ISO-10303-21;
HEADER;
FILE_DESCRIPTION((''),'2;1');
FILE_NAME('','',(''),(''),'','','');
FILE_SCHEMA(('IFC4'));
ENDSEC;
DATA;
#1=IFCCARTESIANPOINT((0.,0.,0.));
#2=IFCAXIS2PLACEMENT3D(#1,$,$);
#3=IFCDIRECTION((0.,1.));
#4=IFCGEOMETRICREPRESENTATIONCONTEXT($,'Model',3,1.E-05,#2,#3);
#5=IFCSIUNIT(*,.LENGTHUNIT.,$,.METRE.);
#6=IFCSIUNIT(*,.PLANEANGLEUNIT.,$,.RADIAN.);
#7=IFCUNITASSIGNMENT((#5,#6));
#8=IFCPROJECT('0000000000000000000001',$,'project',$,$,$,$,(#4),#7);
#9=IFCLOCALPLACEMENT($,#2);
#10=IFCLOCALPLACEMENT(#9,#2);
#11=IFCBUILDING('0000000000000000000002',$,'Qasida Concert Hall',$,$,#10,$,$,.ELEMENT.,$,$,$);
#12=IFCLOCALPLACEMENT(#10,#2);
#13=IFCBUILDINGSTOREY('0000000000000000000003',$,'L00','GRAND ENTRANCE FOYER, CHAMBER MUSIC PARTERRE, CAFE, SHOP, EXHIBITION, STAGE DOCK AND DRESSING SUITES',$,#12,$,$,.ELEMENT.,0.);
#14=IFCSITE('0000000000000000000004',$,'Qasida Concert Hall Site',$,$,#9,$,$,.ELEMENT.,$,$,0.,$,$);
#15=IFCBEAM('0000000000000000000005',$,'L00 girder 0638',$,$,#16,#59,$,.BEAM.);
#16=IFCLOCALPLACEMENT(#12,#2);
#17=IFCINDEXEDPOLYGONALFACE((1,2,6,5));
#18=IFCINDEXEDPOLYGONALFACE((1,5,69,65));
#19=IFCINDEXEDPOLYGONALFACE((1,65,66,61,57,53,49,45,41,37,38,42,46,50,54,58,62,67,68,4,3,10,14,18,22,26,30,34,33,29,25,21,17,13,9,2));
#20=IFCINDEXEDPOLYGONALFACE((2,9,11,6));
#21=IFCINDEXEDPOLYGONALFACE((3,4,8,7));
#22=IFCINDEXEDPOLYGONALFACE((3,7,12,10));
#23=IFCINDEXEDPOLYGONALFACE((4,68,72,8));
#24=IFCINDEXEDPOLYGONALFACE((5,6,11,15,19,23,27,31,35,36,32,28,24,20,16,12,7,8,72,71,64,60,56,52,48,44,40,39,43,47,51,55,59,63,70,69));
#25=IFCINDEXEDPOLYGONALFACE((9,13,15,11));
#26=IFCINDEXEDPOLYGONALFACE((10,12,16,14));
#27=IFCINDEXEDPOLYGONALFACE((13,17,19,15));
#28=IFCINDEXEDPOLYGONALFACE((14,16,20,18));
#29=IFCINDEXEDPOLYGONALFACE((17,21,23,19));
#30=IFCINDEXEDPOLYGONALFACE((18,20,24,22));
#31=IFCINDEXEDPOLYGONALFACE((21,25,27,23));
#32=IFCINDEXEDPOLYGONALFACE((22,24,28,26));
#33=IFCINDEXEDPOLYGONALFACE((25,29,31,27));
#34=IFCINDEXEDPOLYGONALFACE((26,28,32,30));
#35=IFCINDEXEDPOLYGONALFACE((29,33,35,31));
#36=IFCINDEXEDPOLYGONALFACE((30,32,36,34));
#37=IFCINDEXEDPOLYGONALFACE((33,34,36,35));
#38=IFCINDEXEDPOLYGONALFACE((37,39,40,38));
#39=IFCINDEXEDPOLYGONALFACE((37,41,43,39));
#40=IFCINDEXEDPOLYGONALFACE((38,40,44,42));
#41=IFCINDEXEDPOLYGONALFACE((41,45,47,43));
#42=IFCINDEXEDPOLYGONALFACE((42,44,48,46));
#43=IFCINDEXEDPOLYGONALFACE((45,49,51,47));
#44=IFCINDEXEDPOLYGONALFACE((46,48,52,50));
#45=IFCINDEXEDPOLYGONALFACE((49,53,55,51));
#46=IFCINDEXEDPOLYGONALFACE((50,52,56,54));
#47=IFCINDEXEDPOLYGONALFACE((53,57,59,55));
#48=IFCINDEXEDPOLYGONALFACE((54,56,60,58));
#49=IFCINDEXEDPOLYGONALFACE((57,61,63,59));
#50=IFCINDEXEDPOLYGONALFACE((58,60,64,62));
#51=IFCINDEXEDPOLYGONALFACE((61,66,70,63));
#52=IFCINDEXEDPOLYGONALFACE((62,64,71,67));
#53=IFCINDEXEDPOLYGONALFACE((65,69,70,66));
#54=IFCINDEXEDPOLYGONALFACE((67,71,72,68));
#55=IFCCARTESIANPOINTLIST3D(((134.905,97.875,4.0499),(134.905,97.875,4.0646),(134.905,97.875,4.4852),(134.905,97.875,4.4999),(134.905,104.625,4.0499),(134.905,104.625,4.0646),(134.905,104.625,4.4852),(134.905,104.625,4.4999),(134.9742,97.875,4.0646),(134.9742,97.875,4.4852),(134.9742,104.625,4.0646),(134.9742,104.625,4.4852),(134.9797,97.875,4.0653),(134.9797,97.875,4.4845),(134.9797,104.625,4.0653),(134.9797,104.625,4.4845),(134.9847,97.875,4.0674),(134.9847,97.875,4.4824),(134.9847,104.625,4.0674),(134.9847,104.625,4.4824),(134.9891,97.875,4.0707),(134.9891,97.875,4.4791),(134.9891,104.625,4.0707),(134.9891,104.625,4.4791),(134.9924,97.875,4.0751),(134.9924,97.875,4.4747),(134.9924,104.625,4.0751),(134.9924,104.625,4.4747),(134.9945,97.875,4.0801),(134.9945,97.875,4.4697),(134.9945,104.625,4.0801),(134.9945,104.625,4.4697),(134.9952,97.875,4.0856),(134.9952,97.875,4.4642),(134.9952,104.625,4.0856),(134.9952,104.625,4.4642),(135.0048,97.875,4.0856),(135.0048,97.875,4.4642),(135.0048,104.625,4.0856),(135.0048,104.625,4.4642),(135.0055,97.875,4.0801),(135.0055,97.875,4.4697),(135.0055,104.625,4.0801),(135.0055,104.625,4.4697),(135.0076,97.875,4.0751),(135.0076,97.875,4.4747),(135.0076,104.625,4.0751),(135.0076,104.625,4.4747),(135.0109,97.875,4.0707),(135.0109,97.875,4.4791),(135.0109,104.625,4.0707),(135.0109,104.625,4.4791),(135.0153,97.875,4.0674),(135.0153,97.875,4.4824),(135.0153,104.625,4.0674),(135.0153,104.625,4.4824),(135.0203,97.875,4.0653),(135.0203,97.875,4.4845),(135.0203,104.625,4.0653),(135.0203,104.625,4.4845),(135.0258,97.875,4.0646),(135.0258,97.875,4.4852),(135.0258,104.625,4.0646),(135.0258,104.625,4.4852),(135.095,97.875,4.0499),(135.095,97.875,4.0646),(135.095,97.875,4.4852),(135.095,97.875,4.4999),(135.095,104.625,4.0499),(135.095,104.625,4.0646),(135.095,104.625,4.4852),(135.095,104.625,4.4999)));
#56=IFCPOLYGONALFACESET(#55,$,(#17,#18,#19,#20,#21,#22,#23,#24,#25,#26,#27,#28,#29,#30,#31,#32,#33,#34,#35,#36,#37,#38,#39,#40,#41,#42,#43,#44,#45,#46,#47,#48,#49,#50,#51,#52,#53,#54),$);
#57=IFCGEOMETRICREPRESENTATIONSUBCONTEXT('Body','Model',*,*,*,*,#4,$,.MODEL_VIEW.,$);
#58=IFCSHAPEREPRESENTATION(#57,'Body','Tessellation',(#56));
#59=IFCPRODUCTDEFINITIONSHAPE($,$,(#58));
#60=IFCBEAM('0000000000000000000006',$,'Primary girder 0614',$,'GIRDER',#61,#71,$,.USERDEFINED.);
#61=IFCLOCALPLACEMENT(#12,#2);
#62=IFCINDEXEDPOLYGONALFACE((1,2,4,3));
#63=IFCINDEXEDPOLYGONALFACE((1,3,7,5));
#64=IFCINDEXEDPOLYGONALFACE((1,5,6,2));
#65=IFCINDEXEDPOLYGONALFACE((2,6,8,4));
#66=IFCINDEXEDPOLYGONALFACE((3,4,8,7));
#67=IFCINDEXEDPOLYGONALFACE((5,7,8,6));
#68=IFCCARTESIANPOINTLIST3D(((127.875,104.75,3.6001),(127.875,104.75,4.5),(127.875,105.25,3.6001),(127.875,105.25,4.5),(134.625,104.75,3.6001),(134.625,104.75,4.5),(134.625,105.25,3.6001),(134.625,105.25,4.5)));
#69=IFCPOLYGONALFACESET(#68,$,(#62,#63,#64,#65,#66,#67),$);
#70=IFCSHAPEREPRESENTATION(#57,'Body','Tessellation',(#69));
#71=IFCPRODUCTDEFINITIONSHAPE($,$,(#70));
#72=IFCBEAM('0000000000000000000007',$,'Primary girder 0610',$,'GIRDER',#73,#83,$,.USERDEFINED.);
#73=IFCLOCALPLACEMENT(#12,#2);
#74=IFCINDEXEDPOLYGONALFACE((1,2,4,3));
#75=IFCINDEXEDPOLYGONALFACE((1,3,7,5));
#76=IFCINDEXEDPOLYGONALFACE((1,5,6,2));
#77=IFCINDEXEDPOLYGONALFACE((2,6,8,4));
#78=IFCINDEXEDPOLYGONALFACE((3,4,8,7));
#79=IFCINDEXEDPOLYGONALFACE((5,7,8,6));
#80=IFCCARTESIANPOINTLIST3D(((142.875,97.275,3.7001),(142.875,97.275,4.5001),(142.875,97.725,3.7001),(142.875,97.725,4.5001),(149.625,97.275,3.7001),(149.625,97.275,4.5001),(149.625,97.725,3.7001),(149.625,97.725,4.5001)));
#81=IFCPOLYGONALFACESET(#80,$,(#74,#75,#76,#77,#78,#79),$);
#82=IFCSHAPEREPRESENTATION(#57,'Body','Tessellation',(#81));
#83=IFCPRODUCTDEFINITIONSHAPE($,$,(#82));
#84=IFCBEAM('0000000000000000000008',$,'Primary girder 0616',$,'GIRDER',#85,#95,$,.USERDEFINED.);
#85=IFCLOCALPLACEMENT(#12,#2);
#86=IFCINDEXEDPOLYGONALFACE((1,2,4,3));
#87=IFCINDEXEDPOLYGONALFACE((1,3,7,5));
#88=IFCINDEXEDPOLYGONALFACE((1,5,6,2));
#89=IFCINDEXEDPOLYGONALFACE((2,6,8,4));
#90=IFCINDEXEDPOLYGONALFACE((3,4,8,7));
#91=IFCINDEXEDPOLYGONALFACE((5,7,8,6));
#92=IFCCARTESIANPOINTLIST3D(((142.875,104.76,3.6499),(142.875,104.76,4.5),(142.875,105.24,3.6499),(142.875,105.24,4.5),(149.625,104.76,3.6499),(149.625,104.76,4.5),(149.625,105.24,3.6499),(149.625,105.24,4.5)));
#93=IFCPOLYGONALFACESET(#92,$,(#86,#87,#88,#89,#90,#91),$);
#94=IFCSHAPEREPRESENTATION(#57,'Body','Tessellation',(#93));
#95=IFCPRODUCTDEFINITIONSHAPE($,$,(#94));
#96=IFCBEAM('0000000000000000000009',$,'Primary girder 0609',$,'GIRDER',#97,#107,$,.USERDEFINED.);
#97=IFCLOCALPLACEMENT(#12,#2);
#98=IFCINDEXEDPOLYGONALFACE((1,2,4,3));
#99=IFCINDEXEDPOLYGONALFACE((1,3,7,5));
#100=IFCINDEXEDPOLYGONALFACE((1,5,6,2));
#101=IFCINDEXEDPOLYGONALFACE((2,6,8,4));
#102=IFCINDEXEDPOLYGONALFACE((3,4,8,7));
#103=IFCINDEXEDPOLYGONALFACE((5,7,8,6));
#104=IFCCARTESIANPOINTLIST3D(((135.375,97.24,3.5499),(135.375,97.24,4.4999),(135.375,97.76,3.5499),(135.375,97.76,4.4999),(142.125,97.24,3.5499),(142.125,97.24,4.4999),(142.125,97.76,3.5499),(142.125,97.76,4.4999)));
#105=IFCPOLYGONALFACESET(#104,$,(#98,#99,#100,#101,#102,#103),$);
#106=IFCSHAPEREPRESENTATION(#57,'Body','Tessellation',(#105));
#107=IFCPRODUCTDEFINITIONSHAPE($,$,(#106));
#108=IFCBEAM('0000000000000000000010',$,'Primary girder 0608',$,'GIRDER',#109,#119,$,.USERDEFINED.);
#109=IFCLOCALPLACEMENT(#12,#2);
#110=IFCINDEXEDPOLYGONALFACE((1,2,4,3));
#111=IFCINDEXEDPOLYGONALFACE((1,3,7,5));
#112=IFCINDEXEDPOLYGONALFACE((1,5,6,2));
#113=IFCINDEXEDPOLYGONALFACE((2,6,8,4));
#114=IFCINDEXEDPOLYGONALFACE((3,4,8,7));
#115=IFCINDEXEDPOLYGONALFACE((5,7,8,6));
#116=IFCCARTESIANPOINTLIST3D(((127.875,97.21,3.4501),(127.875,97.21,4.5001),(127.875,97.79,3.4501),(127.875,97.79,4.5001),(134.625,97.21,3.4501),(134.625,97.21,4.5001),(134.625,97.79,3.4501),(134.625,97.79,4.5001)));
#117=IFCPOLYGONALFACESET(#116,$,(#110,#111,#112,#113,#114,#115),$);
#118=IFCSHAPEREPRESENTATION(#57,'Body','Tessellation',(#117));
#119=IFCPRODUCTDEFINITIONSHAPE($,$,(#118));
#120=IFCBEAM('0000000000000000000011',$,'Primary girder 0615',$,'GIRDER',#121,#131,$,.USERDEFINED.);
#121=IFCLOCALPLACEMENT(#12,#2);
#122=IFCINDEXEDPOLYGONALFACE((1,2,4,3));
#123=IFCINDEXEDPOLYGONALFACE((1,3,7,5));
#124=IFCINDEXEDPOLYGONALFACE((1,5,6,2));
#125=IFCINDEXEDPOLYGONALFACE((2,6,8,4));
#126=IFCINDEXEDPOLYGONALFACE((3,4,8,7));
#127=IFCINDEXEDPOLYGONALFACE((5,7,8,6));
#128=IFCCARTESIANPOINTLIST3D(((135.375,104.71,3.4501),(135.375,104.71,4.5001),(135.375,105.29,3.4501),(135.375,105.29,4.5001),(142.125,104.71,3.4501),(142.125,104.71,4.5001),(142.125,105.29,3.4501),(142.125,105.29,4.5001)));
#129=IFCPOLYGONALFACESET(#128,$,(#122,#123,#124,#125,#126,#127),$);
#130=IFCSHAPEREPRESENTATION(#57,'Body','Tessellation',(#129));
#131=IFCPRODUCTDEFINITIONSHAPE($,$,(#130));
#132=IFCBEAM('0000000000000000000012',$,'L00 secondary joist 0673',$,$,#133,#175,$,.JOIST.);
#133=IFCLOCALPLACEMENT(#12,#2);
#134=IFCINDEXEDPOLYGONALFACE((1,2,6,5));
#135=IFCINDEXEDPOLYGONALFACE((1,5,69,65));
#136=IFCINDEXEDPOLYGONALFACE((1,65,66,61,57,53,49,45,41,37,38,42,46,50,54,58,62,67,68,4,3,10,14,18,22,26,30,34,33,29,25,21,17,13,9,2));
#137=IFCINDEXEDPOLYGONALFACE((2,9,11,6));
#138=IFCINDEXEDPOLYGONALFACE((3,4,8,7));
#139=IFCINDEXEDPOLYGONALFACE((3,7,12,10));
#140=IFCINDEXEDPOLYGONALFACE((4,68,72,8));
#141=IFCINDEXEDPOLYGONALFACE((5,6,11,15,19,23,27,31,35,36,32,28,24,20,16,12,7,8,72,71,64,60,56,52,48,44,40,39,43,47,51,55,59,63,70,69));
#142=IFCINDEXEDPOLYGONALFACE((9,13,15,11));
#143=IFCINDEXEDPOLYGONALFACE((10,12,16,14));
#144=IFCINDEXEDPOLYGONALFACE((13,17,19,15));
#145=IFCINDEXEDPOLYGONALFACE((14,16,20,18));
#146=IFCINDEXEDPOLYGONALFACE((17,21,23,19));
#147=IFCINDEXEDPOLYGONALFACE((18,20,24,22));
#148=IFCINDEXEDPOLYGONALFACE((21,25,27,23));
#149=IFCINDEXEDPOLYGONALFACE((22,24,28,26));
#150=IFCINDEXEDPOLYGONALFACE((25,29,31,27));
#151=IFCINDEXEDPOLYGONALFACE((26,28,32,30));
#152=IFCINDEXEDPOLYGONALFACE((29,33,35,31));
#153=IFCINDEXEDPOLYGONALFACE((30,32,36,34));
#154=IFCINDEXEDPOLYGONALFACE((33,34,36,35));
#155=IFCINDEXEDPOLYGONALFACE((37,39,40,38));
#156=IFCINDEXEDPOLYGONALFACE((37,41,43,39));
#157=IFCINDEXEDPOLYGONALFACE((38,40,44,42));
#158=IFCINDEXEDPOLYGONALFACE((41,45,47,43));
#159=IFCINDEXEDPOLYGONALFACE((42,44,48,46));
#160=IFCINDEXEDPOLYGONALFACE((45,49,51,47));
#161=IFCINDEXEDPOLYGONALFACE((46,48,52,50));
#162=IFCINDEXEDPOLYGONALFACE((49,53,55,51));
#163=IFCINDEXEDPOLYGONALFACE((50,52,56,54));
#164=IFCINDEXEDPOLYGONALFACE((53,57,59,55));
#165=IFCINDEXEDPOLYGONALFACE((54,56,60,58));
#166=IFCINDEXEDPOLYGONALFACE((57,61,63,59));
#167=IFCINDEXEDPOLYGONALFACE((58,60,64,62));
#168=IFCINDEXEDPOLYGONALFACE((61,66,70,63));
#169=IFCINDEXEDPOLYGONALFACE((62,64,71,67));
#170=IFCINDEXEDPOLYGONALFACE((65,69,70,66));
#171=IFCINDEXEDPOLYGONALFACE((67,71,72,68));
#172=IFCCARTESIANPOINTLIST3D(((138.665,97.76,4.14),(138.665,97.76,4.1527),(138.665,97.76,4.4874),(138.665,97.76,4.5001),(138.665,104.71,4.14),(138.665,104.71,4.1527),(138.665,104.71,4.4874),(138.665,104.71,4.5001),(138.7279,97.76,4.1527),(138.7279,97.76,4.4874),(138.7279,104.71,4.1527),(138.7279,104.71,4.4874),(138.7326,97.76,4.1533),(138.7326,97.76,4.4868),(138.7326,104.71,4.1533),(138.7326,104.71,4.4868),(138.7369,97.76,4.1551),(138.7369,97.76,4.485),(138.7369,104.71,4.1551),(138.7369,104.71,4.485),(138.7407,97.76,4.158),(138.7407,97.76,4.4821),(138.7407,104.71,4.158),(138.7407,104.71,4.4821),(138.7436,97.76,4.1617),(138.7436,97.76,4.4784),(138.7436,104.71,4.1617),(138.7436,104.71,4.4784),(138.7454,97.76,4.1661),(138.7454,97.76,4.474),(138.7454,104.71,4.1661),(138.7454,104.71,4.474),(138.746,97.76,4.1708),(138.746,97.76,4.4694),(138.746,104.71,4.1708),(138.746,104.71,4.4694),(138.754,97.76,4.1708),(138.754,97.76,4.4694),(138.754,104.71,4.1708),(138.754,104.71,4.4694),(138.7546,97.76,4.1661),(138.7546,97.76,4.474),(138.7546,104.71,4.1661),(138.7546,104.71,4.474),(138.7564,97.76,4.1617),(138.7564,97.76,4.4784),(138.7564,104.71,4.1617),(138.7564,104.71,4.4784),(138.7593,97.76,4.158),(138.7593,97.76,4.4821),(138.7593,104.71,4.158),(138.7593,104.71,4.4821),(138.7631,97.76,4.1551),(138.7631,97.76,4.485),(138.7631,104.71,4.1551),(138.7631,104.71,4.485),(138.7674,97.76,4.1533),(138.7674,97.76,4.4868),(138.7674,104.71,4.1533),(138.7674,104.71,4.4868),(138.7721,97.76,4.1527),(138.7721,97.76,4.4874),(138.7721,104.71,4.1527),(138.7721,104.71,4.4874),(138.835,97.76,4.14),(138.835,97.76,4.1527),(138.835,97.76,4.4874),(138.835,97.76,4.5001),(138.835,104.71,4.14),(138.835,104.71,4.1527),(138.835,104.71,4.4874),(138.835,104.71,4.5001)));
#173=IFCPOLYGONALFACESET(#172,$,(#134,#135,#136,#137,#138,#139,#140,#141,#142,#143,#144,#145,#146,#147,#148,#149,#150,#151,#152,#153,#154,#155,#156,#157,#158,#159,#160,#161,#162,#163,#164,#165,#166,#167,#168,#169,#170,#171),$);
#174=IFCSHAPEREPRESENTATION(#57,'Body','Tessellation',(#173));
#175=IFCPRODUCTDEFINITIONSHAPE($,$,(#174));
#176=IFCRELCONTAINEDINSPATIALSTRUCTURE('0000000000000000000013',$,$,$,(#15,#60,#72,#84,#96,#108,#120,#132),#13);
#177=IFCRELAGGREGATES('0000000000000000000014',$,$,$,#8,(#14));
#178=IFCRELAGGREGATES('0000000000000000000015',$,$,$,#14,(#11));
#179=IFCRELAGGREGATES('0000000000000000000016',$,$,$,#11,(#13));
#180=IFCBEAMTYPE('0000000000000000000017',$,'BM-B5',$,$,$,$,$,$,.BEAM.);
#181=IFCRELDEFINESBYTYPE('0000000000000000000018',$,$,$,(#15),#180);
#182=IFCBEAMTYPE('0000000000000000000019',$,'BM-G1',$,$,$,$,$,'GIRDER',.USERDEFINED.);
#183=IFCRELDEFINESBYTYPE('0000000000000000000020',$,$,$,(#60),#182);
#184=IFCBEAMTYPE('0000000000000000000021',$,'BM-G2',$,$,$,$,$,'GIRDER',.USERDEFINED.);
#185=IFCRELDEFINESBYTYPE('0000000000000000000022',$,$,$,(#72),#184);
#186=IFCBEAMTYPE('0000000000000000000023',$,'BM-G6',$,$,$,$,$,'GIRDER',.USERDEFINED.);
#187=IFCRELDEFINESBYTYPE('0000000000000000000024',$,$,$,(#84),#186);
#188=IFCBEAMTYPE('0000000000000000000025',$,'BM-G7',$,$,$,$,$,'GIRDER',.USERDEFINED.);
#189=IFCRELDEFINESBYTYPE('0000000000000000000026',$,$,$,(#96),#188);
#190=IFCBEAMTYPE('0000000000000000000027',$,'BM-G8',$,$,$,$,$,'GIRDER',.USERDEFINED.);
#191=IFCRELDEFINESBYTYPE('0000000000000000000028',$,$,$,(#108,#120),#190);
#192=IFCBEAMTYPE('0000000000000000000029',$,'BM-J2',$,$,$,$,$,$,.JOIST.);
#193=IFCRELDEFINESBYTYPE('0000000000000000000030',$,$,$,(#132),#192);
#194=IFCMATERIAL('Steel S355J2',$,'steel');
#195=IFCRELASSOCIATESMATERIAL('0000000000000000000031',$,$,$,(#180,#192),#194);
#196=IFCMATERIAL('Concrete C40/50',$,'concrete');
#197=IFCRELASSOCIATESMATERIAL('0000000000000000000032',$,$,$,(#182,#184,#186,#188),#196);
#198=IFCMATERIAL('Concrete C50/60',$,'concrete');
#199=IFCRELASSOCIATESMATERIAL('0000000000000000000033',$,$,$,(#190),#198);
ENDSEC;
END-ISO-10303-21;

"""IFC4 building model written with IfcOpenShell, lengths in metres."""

from ifc_helpers import new_model, si_unit, direction, frame, origin, origin_2d, place, context, subcontext, project, spatial, rectangle, i_section, extrude, material, material_profile, profile_set, type_object, element, save


model = new_model("IFC4")

# Units and contexts
model_context = context("Model", 3, precision=1e-05, world=origin(), true_north=direction((0.0, 1.0)))
body_context = subcontext(model_context, "Body", "Model", "MODEL_VIEW")
ifc_project = project(units=[si_unit("LENGTHUNIT", "METRE"), si_unit("PLANEANGLEUNIT", "RADIAN")], contexts=[model_context])

# Site, building, storey
site_placement = place(None, origin())
site = spatial("IfcSite", under=ifc_project, at=site_placement, Name="Qasida Concert Hall Site", CompositionType="ELEMENT", RefElevation=0.0)
building_placement = place(site_placement, origin())
building = spatial("IfcBuilding", under=site, at=building_placement, Name="Qasida Concert Hall", CompositionType="ELEMENT")
storey_placement = place(building_placement, origin())
storey = spatial("IfcBuildingStorey", under=building, at=storey_placement, Name="L00", Description="GRAND ENTRANCE FOYER, CHAMBER MUSIC PARTERRE, CAFE, SHOP, EXHIBITION, STAGE DOCK AND DRESSING SUITES", CompositionType="ELEMENT", Elevation=0.0)

# Shared definitions
ifc_material_1 = material(Name="Concrete C50/60", Category="concrete")

# Beams
ifc_material_2 = material(Name="Concrete C40/50", Category="concrete")
ifc_material_3 = material(Name="Steel S355J2", Category="steel")
ifc_material_profile_1 = material_profile(ifc_material_3, i_section(OverallWidth=0.1899, OverallDepth=0.45, WebThickness=0.0095, FlangeThickness=0.0146, FilletRadius=0.021, at=origin_2d()), Name="IPE 450")
ifc_profile_set_1 = profile_set([ifc_material_profile_1], Name="Steel S355J2")
beam_type_1 = type_object("IfcBeamType", Name="BM-B5", PredefinedType="BEAM", material=ifc_profile_set_1)
beam_1_placement = place(storey_placement, frame((135.0, 97.875, 4.2749), z_axis=(0.0, 1.0, 0.0), x_axis=(-1.0, 0.0, 0.0)))
element("IfcBeam", 1, at=beam_1_placement, inside=storey, type_object=beam_type_1, Name="L00 girder 0638", PredefinedType="BEAM", context=body_context, shape_type="SweptSolid", body=[
    extrude(i_section(OverallWidth=0.1899, OverallDepth=0.45, WebThickness=0.0095, FlangeThickness=0.0146, FilletRadius=0.021, at=origin_2d()), origin(), (0.0, 0.0, 1.0), 6.75),
])
ifc_material_profile_2 = material_profile(ifc_material_2, rectangle(XDim=0.5, YDim=0.8999, at=origin_2d()), Name="RC 500x900")
ifc_profile_set_2 = profile_set([ifc_material_profile_2], Name="Concrete C40/50")
beam_type_2 = type_object("IfcBeamType", Name="BM-G1", ElementType="GIRDER", PredefinedType="USERDEFINED", material=ifc_profile_set_2)
beam_2_placement = place(storey_placement, frame((127.875, 105.0, 4.05), z_axis=(1.0, 0.0, 0.0), x_axis=(0.0, 1.0, 0.0)))
element("IfcBeam", 2, at=beam_2_placement, inside=storey, type_object=beam_type_2, Name="Primary girder 0614", ObjectType="GIRDER", PredefinedType="USERDEFINED", context=body_context, shape_type="SweptSolid", body=[
    extrude(rectangle(XDim=0.5, YDim=0.8999, at=origin_2d()), origin(), (0.0, 0.0, 1.0), 6.75),
])
ifc_material_profile_3 = material_profile(ifc_material_2, rectangle(XDim=0.45, YDim=0.8, at=origin_2d()), Name="RC 450x800")
ifc_profile_set_3 = profile_set([ifc_material_profile_3], Name="Concrete C40/50")
beam_type_3 = type_object("IfcBeamType", Name="BM-G2", ElementType="GIRDER", PredefinedType="USERDEFINED", material=ifc_profile_set_3)
beam_3_placement = place(storey_placement, frame((142.875, 97.5, 4.1001), z_axis=(1.0, 0.0, 0.0), x_axis=(0.0, 1.0, 0.0)))
element("IfcBeam", 3, at=beam_3_placement, inside=storey, type_object=beam_type_3, Name="Primary girder 0610", ObjectType="GIRDER", PredefinedType="USERDEFINED", context=body_context, shape_type="SweptSolid", body=[
    extrude(rectangle(XDim=0.45, YDim=0.8, at=origin_2d()), origin(), (0.0, 0.0, 1.0), 6.75),
])
ifc_material_profile_4 = material_profile(ifc_material_2, rectangle(XDim=0.48, YDim=0.8501, at=origin_2d()), Name="RC 480x850")
ifc_profile_set_4 = profile_set([ifc_material_profile_4], Name="Concrete C40/50")
beam_type_4 = type_object("IfcBeamType", Name="BM-G6", ElementType="GIRDER", PredefinedType="USERDEFINED", material=ifc_profile_set_4)
beam_4_placement = place(storey_placement, frame((142.875, 105.0, 4.075), z_axis=(1.0, 0.0, 0.0), x_axis=(0.0, 1.0, 0.0)))
element("IfcBeam", 4, at=beam_4_placement, inside=storey, type_object=beam_type_4, Name="Primary girder 0616", ObjectType="GIRDER", PredefinedType="USERDEFINED", context=body_context, shape_type="SweptSolid", body=[
    extrude(rectangle(XDim=0.48, YDim=0.8501, at=origin_2d()), origin(), (0.0, 0.0, 1.0), 6.75),
])
ifc_material_profile_5 = material_profile(ifc_material_2, rectangle(XDim=0.52, YDim=0.95, at=origin_2d()), Name="RC 520x950")
ifc_profile_set_5 = profile_set([ifc_material_profile_5], Name="Concrete C40/50")
beam_type_5 = type_object("IfcBeamType", Name="BM-G7", ElementType="GIRDER", PredefinedType="USERDEFINED", material=ifc_profile_set_5)
beam_5_placement = place(storey_placement, frame((135.375, 97.5, 4.0249), z_axis=(1.0, 0.0, 0.0), x_axis=(0.0, 1.0, 0.0)))
element("IfcBeam", 5, at=beam_5_placement, inside=storey, type_object=beam_type_5, Name="Primary girder 0609", ObjectType="GIRDER", PredefinedType="USERDEFINED", context=body_context, shape_type="SweptSolid", body=[
    extrude(rectangle(XDim=0.52, YDim=0.95, at=origin_2d()), origin(), (0.0, 0.0, 1.0), 6.75),
])
ifc_material_profile_6 = material_profile(ifc_material_1, rectangle(XDim=0.5801, YDim=1.05, at=origin_2d()), Name="RC 580x1050")
ifc_profile_set_6 = profile_set([ifc_material_profile_6], Name="Concrete C50/60")
beam_type_6 = type_object("IfcBeamType", Name="BM-G8", ElementType="GIRDER", PredefinedType="USERDEFINED", material=ifc_profile_set_6)
for number, where, z_axis, x_axis, name in (
    (6, (127.875, 97.5, 3.9751), (1.0, 0.0, 0.0), (0.0, 1.0, 0.0), "Primary girder 0608"),
    (7, (135.375, 105.0, 3.9751), (1.0, 0.0, 0.0), (0.0, 1.0, 0.0), "Primary girder 0615"),
):
    element("IfcBeam", number, at=place(storey_placement, frame(where, z_axis=z_axis, x_axis=x_axis)), inside=storey, type_object=beam_type_6, Name=name, ObjectType="GIRDER", PredefinedType="USERDEFINED", context=body_context, shape_type="SweptSolid", body=[
        extrude(rectangle(XDim=0.5801, YDim=1.05, at=origin_2d()), origin(), (0.0, 0.0, 1.0), 6.75),
    ])
ifc_material_profile_7 = material_profile(ifc_material_3, i_section(OverallWidth=0.1699, OverallDepth=0.3601, WebThickness=0.0081, FlangeThickness=0.0127, FilletRadius=0.0181, at=origin_2d()), Name="IPE 360")
ifc_profile_set_7 = profile_set([ifc_material_profile_7], Name="Steel S355J2")
beam_type_7 = type_object("IfcBeamType", Name="BM-J2", PredefinedType="JOIST", material=ifc_profile_set_7)
beam_6_placement = place(storey_placement, frame((138.75, 97.76, 4.3201), z_axis=(0.0, 1.0, 0.0), x_axis=(-1.0, 0.0, 0.0)))
element("IfcBeam", 8, at=beam_6_placement, inside=storey, type_object=beam_type_7, Name="L00 secondary joist 0673", PredefinedType="JOIST", context=body_context, shape_type="SweptSolid", body=[
    extrude(i_section(OverallWidth=0.1699, OverallDepth=0.3601, WebThickness=0.0081, FlangeThickness=0.0127, FilletRadius=0.0181, at=origin_2d()), origin(), (0.0, 0.0, 1.0), 6.95),
])

save(model, "model.ifc")
